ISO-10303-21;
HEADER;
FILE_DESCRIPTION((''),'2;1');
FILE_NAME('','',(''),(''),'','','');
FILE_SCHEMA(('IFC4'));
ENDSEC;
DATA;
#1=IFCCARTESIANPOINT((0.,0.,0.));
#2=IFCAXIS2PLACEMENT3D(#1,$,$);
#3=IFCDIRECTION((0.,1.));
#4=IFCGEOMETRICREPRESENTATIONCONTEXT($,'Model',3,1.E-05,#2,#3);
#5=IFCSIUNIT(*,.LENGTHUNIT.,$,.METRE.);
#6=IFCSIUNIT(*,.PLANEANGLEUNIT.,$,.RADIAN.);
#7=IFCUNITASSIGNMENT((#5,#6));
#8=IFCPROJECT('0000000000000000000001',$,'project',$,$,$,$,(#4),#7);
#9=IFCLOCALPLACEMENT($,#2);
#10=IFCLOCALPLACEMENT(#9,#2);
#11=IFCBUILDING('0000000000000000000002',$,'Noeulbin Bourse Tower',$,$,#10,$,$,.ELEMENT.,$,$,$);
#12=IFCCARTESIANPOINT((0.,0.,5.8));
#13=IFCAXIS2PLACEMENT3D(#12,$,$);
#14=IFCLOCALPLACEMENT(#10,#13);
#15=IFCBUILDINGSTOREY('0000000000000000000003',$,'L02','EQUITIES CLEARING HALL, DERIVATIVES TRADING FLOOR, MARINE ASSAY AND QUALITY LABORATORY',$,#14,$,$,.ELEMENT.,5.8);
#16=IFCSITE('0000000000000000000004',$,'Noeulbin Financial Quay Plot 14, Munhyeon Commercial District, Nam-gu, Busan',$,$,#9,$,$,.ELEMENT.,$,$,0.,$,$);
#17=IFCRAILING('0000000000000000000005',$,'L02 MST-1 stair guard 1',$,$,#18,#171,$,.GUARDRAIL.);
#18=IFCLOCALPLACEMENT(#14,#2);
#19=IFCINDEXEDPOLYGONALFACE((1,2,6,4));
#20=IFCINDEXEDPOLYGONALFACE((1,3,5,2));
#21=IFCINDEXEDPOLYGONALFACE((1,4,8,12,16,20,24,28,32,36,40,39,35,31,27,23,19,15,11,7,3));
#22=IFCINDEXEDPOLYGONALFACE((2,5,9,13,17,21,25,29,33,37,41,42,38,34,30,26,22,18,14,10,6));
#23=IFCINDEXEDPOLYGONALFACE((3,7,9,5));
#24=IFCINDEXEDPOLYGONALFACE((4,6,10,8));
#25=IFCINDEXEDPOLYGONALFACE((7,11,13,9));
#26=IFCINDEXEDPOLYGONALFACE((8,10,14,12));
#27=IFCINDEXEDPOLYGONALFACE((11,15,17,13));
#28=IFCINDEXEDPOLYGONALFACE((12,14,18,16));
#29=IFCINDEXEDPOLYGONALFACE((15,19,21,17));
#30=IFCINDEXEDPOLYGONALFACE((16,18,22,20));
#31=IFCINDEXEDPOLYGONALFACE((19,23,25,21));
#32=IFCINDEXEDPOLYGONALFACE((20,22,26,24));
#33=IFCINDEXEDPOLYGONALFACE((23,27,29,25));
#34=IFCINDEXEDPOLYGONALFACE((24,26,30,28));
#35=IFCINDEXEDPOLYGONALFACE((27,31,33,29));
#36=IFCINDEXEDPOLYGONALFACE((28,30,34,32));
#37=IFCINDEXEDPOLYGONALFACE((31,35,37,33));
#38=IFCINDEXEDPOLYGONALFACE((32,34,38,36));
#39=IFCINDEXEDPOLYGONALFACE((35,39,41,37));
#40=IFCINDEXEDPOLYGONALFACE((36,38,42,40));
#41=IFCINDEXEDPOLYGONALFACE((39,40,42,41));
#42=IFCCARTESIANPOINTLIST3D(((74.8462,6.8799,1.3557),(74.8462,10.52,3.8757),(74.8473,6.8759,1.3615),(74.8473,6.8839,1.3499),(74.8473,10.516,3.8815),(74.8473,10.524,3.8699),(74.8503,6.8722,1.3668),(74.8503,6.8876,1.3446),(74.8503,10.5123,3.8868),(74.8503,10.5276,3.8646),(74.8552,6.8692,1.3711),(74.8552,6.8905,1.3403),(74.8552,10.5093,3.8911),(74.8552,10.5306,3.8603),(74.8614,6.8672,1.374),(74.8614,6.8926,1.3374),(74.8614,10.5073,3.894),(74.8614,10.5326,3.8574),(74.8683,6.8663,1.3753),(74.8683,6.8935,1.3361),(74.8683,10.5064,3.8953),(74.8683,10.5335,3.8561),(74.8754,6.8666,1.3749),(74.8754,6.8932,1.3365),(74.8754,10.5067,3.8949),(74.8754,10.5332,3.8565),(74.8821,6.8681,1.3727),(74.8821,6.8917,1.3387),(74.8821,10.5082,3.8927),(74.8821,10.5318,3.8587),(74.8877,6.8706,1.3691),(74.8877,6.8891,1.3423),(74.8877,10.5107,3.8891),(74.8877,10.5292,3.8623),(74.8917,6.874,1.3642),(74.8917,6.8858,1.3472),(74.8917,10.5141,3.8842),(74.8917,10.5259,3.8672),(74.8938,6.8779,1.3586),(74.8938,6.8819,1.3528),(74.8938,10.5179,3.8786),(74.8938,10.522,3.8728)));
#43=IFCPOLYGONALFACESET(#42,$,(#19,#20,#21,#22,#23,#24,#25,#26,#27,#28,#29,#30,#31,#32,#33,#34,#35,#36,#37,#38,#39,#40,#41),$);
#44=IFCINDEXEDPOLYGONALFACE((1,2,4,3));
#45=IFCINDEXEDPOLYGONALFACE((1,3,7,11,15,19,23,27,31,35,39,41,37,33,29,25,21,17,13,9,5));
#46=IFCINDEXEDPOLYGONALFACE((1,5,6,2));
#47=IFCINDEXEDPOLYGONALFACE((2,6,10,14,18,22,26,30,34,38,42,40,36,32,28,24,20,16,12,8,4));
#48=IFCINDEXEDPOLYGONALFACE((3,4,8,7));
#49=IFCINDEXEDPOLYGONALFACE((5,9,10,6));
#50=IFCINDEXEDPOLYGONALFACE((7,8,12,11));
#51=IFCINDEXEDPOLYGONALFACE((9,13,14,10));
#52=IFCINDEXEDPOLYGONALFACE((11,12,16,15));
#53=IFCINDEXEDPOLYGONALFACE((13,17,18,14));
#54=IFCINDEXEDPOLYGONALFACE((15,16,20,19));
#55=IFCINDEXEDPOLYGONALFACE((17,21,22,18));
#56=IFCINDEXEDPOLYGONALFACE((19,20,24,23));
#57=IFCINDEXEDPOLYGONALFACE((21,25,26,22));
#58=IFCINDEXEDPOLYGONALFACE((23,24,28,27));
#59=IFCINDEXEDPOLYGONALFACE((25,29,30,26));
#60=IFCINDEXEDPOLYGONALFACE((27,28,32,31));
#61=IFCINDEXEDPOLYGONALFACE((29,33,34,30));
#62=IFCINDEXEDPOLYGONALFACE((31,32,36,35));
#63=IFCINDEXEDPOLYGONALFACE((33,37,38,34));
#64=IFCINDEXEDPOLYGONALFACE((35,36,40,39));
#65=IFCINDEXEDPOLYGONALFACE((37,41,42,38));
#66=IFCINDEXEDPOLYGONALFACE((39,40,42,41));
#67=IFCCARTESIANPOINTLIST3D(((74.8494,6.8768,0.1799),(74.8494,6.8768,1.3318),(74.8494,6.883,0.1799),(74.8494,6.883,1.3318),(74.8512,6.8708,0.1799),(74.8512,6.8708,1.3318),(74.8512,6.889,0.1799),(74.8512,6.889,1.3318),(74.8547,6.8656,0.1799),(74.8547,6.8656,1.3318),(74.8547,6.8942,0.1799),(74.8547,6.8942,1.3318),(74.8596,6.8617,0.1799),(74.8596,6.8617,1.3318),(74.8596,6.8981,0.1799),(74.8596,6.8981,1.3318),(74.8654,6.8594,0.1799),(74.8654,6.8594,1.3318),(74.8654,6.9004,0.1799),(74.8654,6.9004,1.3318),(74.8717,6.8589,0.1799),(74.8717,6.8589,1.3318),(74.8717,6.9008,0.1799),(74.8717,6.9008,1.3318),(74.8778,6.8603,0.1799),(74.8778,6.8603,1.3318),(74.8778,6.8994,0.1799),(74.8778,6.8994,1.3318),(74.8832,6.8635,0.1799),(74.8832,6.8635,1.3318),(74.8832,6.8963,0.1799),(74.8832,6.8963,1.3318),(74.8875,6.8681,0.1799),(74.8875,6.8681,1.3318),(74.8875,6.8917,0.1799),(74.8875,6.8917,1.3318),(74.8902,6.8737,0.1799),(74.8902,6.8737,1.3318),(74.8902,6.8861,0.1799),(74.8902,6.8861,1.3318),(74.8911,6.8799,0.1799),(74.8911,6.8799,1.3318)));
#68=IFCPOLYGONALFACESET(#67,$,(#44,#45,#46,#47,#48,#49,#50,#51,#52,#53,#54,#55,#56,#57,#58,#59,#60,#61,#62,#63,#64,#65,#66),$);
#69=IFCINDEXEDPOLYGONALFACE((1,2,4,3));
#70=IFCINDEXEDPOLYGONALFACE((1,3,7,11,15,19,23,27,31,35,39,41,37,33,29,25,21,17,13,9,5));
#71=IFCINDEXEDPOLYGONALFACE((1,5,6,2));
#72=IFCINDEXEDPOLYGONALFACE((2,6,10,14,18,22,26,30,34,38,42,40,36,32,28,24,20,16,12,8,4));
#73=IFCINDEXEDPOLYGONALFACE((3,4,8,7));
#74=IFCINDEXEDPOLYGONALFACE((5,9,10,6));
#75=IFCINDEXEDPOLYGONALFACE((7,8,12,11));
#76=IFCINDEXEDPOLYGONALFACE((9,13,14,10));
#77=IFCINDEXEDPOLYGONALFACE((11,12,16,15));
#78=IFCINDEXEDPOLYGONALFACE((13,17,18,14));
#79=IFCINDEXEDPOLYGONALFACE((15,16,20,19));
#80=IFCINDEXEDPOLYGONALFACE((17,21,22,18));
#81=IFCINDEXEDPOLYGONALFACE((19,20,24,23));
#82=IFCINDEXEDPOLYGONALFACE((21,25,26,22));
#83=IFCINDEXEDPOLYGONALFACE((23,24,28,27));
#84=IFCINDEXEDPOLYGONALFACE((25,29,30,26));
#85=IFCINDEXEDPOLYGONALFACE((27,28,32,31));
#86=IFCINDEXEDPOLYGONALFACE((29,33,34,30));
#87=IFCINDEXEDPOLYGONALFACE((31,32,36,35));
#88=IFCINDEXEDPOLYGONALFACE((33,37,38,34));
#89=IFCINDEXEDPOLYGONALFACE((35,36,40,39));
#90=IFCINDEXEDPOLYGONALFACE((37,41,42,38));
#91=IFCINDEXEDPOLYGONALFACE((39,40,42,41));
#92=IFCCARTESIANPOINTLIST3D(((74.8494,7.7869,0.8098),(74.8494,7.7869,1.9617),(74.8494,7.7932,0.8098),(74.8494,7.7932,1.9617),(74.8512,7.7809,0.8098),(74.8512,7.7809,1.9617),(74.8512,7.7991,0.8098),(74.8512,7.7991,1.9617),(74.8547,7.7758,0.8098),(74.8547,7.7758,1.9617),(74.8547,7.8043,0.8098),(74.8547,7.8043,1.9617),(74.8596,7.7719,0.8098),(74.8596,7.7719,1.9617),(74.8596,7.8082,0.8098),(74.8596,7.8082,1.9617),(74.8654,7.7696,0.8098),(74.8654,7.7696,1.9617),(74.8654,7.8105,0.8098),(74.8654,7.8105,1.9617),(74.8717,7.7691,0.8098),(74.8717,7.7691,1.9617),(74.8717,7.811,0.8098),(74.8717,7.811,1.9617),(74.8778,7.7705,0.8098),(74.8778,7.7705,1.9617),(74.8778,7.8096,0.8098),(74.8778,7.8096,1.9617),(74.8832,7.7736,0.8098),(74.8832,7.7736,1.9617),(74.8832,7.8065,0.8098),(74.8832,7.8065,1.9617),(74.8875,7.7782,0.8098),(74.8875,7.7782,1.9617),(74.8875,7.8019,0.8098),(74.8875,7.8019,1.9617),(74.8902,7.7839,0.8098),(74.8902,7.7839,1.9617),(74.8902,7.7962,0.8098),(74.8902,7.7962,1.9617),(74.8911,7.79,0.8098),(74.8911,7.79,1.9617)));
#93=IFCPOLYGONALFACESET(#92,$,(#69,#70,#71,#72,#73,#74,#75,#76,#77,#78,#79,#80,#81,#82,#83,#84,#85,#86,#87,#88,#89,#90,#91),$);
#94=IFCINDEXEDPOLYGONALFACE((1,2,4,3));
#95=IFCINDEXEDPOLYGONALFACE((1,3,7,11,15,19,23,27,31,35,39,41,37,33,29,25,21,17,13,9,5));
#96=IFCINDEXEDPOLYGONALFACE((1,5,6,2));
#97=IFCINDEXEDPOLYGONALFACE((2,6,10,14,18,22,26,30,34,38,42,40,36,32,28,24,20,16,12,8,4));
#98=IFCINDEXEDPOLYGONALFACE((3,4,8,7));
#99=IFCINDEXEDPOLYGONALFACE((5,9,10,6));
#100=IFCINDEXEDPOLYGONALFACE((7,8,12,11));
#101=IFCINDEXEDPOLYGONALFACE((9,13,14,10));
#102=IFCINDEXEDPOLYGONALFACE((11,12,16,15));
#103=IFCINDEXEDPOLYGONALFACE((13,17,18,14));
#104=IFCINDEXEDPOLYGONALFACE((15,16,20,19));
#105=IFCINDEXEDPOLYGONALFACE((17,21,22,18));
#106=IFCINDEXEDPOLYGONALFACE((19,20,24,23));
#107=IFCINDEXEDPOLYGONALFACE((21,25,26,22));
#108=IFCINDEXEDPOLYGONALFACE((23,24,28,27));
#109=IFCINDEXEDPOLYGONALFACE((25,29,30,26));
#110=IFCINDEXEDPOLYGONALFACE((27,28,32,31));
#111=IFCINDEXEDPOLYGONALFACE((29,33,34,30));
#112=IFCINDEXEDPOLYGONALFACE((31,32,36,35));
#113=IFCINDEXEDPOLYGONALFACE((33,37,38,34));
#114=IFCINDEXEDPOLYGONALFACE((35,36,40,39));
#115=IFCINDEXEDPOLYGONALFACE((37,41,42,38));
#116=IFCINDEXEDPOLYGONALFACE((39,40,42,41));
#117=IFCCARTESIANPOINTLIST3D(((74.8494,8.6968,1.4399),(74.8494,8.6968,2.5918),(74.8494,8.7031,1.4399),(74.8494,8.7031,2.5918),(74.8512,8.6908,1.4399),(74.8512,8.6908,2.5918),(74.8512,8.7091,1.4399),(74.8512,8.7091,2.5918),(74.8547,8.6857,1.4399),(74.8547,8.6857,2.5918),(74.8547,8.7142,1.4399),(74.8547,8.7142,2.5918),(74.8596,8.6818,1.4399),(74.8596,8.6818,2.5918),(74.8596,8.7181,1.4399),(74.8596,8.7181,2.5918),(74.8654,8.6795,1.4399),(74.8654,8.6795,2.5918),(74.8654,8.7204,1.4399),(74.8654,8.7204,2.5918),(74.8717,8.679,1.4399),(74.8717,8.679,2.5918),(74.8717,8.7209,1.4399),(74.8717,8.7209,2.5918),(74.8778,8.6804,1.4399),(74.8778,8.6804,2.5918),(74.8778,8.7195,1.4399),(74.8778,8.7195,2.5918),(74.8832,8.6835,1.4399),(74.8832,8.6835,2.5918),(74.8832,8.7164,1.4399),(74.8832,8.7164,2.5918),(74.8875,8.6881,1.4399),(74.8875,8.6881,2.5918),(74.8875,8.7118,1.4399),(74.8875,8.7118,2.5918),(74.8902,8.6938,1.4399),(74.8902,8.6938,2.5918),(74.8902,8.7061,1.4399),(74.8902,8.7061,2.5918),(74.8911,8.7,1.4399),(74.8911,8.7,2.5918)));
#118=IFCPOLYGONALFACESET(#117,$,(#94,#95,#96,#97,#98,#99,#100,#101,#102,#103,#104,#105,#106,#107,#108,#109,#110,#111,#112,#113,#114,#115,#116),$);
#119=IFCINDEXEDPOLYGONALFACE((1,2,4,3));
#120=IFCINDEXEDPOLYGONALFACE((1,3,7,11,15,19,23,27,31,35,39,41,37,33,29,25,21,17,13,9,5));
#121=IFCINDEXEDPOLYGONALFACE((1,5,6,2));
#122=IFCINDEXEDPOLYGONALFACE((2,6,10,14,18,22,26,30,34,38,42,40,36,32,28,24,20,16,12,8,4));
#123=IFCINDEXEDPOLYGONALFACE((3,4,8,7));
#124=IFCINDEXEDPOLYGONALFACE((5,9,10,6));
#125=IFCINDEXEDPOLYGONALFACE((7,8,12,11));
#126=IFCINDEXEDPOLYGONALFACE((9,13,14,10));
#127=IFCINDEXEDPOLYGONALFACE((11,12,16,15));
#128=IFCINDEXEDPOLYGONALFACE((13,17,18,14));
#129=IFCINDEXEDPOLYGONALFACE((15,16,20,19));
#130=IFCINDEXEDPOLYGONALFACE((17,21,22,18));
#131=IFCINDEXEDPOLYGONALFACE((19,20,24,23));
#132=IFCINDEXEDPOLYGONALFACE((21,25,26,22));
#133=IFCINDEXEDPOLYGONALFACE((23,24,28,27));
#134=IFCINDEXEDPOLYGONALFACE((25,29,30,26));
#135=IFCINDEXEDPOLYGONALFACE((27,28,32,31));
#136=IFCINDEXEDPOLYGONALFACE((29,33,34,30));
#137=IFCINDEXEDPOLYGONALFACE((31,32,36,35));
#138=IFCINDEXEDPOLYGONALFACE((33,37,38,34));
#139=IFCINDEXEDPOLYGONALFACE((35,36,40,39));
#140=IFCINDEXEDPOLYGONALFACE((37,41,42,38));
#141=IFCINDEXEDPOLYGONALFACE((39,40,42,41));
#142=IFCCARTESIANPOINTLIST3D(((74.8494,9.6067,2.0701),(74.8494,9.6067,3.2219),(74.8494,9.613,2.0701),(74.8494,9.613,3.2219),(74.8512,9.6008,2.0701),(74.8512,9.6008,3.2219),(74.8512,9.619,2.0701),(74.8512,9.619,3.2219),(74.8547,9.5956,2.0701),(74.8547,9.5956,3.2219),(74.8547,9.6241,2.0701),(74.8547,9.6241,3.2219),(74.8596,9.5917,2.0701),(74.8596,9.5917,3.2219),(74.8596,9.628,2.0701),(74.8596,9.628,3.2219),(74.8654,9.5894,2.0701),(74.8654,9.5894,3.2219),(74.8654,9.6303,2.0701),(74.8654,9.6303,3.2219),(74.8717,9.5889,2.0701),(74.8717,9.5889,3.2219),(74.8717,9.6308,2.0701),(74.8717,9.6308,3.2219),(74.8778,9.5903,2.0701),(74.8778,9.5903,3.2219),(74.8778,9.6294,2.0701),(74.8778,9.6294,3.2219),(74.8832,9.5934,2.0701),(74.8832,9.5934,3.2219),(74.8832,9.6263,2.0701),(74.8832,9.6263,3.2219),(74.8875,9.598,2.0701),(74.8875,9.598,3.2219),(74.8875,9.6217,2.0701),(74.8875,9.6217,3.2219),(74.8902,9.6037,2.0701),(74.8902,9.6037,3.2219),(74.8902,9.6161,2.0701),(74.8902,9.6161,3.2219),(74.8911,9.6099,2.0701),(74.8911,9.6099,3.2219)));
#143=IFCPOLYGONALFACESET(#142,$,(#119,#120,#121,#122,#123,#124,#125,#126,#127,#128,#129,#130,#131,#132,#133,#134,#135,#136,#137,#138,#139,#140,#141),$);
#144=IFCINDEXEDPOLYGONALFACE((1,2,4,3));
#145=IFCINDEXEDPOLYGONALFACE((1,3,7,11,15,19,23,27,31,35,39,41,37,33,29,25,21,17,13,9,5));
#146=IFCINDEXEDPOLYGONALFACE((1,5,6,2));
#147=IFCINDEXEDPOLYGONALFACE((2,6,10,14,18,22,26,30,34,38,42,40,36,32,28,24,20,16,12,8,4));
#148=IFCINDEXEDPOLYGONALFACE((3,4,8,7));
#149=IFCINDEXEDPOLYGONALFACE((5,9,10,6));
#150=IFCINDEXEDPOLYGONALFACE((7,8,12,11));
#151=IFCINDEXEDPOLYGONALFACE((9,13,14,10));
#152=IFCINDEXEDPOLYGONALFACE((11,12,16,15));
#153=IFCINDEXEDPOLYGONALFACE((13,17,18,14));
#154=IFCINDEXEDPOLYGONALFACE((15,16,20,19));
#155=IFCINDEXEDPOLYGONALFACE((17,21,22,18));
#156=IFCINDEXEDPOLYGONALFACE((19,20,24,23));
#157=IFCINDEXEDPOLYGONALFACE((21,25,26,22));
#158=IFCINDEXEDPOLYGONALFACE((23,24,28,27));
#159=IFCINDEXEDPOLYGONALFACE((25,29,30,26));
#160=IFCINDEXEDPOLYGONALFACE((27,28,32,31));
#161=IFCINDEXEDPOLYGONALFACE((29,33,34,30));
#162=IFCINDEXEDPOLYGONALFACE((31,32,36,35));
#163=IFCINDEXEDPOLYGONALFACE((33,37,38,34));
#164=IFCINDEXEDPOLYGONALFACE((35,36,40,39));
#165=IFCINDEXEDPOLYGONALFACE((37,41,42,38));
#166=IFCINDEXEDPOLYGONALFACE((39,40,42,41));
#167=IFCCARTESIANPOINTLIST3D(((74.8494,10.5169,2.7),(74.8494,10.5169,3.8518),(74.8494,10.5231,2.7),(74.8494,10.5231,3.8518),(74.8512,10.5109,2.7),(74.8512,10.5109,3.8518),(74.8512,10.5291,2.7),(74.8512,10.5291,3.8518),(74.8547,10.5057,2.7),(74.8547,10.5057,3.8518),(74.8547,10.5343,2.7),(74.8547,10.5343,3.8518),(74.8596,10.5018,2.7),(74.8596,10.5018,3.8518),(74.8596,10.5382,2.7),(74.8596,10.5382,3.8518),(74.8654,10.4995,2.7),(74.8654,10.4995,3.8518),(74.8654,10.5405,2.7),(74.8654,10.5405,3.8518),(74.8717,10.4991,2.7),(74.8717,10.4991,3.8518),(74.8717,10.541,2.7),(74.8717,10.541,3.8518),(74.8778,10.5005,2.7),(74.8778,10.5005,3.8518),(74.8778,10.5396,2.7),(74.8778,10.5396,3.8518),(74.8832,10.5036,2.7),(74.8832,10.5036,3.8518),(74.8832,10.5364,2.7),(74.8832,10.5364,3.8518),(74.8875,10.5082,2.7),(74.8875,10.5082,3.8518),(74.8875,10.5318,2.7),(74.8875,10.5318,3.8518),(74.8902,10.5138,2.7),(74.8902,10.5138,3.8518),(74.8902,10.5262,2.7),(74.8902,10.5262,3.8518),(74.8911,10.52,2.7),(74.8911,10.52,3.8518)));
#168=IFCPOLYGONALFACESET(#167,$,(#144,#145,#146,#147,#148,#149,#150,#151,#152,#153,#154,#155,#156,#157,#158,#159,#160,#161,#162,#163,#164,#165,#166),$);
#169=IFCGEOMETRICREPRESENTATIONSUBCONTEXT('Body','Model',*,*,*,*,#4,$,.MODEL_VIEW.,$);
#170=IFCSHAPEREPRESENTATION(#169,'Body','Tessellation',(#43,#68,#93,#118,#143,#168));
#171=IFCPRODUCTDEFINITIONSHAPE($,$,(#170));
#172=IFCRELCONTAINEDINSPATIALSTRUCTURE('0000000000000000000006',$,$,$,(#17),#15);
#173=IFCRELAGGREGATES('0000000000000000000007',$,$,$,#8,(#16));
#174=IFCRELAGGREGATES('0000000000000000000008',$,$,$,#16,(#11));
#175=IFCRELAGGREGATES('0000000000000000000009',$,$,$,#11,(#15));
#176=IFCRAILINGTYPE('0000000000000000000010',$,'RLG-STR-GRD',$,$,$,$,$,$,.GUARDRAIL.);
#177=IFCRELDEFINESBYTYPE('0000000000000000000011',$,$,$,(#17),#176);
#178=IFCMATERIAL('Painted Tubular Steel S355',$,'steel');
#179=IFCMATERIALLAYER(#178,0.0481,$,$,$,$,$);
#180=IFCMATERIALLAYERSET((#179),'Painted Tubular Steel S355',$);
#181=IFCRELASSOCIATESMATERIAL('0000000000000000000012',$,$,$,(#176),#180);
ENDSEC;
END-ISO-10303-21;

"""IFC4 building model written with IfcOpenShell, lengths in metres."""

from ifc_helpers import new_model, si_unit, direction, frame, origin, origin_2d, place, context, subcontext, project, spatial, circle, extrude, material, layer, layer_set, type_object, element, save


model = new_model("IFC4")

# Units and contexts
model_context = context("Model", 3, precision=1e-05, world=origin(), true_north=direction((0.0, 1.0)))
body_context = subcontext(model_context, "Body", "Model", "MODEL_VIEW")
ifc_project = project(units=[si_unit("LENGTHUNIT", "METRE"), si_unit("PLANEANGLEUNIT", "RADIAN")], contexts=[model_context])

# Site, building, storey
site_placement = place(None, origin())
site = spatial("IfcSite", under=ifc_project, at=site_placement, Name="Noeulbin Financial Quay Plot 14, Munhyeon Commercial District, Nam-gu, Busan", CompositionType="ELEMENT", RefElevation=0.0)
building_placement = place(site_placement, origin())
building = spatial("IfcBuilding", under=site, at=building_placement, Name="Noeulbin Bourse Tower", CompositionType="ELEMENT")
storey_placement = place(building_placement, frame((0.0, 0.0, 5.8)))
storey = spatial("IfcBuildingStorey", under=building, at=storey_placement, Name="L02", Description="EQUITIES CLEARING HALL, DERIVATIVES TRADING FLOOR, MARINE ASSAY AND QUALITY LABORATORY", CompositionType="ELEMENT", Elevation=5.8)

# Railing
ifc_material_1 = material(Name="Painted Tubular Steel S355", Category="steel")
ifc_layer_1 = layer(ifc_material_1, 0.0481)
ifc_layer_set_1 = layer_set([ifc_layer_1], Name="Painted Tubular Steel S355")
railing_type_1 = type_object("IfcRailingType", Name="RLG-STR-GRD", PredefinedType="GUARDRAIL", material=ifc_layer_set_1)
railing_1_placement = place(storey_placement, frame((74.8701, 6.8799, 0.1799)))
element("IfcRailing", 1, at=railing_1_placement, inside=storey, type_object=railing_type_1, Name="L02 MST-1 stair guard 1", PredefinedType="GUARDRAIL", context=body_context, shape_type="SweptSolid", body=[
    extrude(circle(Radius=0.0239, at=origin_2d()), frame((0.0, 0.0, 1.1758), z_axis=(0.0, 0.8222, 0.569199), x_axis=(-1.0, 0.0, 0.0)), (0.0, 0.0, 1.0), 4.4272),
    extrude(circle(Radius=0.021, at=origin_2d()), origin(), (0.0, 0.0, 1.0), 1.1519),
    extrude(circle(Radius=0.021, at=origin_2d()), frame((0.0, 0.9102, 0.6299)), (0.0, 0.0, 1.0), 1.1519),
    extrude(circle(Radius=0.021, at=origin_2d()), frame((0.0, 1.8201, 1.26)), (0.0, 0.0, 1.0), 1.1519),
    extrude(circle(Radius=0.021, at=origin_2d()), frame((0.0, 2.73, 1.8901)), (0.0, 0.0, 1.0), 1.1519),
    extrude(circle(Radius=0.021, at=origin_2d()), frame((0.0, 3.6401, 2.52)), (0.0, 0.0, 1.0), 1.1519),
])

save(model, "model.ifc")
